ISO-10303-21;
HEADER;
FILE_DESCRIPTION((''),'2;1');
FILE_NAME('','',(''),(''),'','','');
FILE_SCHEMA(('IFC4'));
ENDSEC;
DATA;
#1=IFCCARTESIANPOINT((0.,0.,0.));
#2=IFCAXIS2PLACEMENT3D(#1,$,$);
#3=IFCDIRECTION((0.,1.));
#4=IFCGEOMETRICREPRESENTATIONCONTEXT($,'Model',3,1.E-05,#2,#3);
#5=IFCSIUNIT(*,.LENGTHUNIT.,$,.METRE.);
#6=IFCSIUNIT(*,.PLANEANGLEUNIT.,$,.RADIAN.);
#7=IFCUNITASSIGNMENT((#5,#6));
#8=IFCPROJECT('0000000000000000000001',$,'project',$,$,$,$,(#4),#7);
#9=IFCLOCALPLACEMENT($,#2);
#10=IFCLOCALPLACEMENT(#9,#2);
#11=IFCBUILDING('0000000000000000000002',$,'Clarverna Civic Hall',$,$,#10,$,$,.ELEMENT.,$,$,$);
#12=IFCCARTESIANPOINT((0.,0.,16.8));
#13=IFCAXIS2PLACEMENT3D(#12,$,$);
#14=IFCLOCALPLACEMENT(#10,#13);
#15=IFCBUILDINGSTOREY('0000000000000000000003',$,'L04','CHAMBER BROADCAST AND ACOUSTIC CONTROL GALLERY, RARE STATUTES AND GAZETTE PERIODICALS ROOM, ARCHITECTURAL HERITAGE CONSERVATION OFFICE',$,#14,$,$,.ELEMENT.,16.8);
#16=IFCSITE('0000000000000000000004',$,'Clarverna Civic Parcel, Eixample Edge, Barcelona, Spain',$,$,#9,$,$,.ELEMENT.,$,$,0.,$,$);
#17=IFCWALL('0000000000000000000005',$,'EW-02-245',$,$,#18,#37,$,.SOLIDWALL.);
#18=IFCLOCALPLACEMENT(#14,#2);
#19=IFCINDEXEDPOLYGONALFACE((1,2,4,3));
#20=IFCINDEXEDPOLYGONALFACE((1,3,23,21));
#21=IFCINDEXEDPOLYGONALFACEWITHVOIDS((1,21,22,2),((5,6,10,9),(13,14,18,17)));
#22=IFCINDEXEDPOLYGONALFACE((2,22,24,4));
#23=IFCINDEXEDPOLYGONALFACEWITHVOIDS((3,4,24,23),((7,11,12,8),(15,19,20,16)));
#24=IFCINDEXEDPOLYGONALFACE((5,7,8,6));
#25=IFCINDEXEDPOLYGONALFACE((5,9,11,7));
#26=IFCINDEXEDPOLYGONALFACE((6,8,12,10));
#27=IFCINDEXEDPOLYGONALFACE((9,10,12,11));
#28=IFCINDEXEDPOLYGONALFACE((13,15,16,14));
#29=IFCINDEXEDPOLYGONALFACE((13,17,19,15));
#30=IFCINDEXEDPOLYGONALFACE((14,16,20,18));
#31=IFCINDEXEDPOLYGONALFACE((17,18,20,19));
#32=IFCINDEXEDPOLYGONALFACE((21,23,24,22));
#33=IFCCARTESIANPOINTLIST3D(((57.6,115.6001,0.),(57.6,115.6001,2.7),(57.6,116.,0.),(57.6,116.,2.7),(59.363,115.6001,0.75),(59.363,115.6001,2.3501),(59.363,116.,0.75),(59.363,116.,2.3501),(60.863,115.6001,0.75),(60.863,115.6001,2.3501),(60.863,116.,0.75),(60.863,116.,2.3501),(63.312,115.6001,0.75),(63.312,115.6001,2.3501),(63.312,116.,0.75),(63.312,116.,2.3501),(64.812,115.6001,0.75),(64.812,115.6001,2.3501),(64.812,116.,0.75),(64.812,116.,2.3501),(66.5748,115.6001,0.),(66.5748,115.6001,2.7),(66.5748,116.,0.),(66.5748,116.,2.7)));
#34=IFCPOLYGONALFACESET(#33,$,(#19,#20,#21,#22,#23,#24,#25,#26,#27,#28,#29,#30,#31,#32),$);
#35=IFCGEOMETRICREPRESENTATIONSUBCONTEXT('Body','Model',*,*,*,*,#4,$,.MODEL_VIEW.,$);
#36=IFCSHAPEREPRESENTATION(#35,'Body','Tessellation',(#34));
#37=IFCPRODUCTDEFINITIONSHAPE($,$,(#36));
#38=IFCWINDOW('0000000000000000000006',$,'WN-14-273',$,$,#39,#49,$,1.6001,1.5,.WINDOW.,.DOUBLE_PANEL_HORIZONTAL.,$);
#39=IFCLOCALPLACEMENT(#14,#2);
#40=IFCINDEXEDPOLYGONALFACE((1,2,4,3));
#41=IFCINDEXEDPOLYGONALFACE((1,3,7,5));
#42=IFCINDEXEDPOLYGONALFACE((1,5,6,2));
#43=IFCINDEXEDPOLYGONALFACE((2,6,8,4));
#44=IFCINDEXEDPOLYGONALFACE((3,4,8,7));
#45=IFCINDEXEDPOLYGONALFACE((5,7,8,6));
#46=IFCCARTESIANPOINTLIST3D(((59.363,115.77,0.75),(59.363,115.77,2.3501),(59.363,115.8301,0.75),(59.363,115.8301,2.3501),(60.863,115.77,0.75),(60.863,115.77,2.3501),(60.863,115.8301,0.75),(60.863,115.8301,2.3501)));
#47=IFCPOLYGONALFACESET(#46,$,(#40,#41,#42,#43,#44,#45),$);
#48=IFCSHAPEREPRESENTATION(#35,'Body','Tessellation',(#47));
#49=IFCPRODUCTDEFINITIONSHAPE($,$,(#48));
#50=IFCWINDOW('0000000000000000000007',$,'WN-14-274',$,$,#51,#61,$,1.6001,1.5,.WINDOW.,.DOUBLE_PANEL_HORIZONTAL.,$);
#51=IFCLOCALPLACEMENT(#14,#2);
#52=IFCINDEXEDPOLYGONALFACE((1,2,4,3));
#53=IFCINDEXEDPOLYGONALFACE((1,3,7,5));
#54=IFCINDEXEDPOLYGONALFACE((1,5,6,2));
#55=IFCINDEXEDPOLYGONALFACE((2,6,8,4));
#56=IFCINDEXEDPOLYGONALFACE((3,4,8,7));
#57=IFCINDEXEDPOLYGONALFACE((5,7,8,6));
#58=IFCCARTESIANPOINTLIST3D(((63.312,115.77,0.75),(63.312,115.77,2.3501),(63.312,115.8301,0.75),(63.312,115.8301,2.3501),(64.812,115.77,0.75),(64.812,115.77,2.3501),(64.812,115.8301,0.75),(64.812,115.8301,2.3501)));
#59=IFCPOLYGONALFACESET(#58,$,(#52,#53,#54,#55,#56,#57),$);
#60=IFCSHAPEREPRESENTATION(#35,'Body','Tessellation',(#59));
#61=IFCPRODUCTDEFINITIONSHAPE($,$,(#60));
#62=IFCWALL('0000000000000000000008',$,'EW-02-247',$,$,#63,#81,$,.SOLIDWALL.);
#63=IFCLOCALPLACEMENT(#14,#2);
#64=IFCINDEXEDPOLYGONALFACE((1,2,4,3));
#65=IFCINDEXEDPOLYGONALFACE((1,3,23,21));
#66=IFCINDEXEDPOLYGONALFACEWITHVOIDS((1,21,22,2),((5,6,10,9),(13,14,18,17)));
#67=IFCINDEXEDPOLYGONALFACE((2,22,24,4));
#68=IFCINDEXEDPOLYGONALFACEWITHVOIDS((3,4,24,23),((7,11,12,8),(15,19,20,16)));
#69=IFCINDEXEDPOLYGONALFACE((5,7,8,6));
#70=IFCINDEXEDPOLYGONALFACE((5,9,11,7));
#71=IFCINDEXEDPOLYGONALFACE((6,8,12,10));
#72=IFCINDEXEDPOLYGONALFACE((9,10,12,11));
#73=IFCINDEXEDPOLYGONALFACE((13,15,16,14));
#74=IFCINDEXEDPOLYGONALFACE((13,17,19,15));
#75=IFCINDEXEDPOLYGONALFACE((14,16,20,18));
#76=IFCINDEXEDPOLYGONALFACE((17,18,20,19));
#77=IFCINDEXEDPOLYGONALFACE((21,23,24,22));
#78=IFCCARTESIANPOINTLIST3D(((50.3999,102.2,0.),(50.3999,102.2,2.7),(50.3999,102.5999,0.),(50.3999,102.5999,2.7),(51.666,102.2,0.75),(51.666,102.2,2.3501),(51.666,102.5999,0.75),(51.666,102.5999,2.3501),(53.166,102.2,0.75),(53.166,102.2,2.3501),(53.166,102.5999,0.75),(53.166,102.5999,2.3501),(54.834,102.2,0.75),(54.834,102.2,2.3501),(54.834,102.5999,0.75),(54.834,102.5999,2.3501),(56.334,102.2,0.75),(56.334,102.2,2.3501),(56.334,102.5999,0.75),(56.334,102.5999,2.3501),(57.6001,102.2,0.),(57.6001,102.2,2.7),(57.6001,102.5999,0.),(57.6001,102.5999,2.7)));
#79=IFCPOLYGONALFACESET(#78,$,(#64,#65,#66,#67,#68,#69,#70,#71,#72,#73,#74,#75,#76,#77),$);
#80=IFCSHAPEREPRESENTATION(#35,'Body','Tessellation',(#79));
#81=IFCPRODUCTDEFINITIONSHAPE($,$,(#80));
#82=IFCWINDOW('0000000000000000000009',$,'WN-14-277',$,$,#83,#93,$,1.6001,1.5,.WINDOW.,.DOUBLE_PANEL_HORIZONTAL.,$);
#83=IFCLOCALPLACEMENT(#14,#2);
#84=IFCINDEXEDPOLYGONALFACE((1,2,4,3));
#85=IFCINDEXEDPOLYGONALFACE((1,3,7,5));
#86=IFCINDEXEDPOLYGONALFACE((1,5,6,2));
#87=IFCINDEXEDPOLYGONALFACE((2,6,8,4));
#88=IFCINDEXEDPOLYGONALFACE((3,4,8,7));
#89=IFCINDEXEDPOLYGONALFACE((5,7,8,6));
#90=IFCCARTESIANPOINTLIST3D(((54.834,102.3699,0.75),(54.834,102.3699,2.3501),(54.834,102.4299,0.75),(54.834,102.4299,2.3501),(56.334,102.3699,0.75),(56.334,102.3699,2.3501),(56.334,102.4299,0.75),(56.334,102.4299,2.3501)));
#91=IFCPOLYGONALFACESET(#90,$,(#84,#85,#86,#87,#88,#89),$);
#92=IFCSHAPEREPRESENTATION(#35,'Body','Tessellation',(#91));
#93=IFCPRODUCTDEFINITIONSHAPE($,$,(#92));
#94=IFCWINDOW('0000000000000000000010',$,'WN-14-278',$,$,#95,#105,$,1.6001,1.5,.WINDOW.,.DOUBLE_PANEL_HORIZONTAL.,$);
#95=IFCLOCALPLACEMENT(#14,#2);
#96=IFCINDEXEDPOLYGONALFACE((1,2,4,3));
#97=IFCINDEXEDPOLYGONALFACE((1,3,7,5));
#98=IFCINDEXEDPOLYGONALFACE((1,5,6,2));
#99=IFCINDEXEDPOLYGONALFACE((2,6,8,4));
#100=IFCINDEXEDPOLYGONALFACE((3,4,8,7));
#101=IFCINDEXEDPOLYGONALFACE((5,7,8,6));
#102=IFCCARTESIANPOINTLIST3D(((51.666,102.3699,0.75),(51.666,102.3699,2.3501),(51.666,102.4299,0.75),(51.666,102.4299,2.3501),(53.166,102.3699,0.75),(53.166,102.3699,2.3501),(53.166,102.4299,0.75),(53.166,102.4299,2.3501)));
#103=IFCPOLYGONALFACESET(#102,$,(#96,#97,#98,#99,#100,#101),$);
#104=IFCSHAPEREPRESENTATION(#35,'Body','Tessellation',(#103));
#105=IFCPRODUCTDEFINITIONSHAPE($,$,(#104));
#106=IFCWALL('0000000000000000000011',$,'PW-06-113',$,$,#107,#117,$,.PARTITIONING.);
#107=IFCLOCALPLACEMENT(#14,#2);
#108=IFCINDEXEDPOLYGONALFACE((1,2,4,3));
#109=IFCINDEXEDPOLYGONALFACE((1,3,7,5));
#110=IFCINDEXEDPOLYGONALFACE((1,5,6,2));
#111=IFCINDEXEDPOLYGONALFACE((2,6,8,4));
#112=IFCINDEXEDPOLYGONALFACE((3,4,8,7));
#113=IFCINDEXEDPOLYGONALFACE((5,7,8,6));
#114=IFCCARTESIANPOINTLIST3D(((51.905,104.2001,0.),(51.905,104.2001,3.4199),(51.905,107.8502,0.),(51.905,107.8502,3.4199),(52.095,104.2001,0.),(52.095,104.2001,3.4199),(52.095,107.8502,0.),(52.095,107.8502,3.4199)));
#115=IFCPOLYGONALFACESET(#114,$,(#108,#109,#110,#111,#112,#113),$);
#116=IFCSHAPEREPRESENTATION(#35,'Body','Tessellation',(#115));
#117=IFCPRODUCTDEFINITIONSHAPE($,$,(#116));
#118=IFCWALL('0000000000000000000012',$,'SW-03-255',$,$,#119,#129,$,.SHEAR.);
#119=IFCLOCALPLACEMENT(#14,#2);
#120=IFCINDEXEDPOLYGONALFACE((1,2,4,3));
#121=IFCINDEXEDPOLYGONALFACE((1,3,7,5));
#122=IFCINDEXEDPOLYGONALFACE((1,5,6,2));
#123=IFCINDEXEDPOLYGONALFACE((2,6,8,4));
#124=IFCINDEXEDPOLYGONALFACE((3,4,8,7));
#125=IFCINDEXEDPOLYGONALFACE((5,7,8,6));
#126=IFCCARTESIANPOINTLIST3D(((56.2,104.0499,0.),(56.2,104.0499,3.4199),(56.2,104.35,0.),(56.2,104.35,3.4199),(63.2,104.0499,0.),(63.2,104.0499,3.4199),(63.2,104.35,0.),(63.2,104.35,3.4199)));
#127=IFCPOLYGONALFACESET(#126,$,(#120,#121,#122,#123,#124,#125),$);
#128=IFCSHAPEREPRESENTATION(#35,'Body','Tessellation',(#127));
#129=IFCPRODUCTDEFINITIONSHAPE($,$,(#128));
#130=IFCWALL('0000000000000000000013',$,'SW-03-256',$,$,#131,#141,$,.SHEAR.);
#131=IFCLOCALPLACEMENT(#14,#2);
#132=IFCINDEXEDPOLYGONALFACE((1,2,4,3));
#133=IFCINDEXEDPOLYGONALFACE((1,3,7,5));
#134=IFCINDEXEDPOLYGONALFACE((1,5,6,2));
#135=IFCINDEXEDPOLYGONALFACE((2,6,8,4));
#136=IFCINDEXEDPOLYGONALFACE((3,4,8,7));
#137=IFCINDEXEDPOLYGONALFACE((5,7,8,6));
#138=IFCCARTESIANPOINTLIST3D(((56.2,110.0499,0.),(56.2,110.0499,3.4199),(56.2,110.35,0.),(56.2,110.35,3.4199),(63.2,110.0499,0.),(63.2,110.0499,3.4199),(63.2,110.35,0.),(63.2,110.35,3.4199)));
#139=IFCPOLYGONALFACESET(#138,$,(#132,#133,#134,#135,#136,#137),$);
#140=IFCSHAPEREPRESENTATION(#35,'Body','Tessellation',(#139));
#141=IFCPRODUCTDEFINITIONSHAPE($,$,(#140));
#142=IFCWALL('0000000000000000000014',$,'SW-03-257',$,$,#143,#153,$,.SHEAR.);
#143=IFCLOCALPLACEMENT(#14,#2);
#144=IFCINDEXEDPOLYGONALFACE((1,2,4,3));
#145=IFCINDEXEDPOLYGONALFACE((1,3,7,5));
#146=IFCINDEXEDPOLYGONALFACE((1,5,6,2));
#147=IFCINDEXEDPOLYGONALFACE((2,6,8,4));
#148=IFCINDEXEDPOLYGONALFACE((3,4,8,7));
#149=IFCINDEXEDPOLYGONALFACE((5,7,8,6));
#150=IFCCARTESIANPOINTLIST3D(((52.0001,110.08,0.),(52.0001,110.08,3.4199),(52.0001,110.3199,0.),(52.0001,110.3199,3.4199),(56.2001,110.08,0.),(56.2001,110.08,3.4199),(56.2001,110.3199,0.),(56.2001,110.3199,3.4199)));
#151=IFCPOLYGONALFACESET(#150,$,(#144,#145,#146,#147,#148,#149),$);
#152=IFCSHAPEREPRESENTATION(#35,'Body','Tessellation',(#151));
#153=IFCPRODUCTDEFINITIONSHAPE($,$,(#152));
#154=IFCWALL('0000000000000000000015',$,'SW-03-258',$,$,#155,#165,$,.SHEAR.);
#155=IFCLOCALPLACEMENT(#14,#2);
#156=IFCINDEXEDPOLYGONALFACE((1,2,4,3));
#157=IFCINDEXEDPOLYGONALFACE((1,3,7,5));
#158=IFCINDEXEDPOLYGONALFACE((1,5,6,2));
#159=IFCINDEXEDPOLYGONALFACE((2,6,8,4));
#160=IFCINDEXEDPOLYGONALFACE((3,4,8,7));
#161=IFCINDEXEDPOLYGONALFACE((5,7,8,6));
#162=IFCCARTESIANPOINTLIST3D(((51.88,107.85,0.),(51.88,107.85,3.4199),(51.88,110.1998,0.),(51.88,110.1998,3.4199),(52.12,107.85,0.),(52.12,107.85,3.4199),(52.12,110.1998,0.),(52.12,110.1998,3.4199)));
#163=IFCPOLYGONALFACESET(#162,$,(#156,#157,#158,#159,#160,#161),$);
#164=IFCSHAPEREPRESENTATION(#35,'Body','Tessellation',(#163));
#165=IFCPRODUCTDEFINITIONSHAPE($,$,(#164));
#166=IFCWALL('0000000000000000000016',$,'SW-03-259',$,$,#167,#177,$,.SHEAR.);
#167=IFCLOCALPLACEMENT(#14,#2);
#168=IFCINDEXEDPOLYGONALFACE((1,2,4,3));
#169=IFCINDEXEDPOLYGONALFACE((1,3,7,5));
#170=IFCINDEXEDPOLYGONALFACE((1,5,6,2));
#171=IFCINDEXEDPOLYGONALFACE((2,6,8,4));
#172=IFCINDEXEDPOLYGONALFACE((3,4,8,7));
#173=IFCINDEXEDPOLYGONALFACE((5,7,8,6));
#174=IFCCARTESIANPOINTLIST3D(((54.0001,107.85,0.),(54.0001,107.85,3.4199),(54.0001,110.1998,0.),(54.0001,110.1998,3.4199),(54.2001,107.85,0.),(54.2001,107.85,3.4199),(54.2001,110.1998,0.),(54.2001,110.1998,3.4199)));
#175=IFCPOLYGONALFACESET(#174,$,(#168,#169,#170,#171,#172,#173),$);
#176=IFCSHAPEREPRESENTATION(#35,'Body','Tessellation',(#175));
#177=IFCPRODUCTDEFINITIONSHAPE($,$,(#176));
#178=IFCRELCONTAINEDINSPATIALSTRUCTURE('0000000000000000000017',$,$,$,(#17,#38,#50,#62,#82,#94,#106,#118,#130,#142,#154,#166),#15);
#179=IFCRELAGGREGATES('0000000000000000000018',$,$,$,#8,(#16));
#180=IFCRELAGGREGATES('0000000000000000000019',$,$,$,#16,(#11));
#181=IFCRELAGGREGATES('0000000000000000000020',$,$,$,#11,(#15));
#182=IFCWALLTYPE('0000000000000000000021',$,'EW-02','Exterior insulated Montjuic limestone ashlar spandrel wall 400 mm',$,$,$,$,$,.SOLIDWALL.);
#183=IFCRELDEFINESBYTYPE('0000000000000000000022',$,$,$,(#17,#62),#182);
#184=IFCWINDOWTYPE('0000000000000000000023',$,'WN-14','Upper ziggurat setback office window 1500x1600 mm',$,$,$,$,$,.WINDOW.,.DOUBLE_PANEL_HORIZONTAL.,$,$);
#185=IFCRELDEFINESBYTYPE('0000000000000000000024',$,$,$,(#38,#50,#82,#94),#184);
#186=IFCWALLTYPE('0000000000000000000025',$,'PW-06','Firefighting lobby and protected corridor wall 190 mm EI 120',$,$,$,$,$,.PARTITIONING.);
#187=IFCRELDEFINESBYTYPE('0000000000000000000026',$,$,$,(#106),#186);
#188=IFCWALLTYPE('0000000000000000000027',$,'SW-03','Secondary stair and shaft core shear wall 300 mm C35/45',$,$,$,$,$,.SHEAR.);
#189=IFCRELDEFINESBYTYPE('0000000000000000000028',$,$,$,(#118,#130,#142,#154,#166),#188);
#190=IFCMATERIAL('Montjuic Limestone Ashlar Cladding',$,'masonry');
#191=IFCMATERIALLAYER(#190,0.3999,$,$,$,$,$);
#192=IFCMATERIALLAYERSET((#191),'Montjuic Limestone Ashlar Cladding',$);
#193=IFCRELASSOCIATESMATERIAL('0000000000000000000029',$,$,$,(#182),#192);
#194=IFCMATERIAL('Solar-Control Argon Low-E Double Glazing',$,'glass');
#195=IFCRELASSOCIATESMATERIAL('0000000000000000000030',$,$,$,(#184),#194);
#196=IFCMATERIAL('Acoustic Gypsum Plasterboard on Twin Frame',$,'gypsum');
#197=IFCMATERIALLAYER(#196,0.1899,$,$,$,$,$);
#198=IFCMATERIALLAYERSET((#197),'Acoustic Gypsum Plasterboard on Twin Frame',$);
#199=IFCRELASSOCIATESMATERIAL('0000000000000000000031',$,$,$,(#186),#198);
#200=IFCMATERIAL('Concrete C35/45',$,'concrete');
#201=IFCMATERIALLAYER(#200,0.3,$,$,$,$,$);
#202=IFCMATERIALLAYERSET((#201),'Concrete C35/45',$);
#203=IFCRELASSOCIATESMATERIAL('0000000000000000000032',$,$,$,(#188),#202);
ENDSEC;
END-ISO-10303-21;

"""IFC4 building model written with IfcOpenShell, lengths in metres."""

from ifc_helpers import new_model, si_unit, direction, frame, frame_2d, origin, place, context, subcontext, project, spatial, rectangle, extrude, material, layer, layer_set, type_object, element, fill, save


model = new_model("IFC4")

# Units and contexts
model_context = context("Model", 3, precision=1e-05, world=origin(), true_north=direction((0.0, 1.0)))
body_context = subcontext(model_context, "Body", "Model", "MODEL_VIEW")
ifc_project = project(units=[si_unit("LENGTHUNIT", "METRE"), si_unit("PLANEANGLEUNIT", "RADIAN")], contexts=[model_context])

# Site, building, storey
site_placement = place(None, origin())
site = spatial("IfcSite", under=ifc_project, at=site_placement, Name="Clarverna Civic Parcel, Eixample Edge, Barcelona, Spain", CompositionType="ELEMENT", RefElevation=0.0)
building_placement = place(site_placement, origin())
building = spatial("IfcBuilding", under=site, at=building_placement, Name="Clarverna Civic Hall", CompositionType="ELEMENT")
storey_placement = place(building_placement, frame((0.0, 0.0, 16.8)))
storey = spatial("IfcBuildingStorey", under=building, at=storey_placement, Name="L04", Description="CHAMBER BROADCAST AND ACOUSTIC CONTROL GALLERY, RARE STATUTES AND GAZETTE PERIODICALS ROOM, ARCHITECTURAL HERITAGE CONSERVATION OFFICE", CompositionType="ELEMENT", Elevation=16.8)

# Shared definitions
ifc_material_1 = material(Name="Concrete C35/45", Category="concrete")

# Walls, openings, windows
ifc_material_2 = material(Name="Montjuic Limestone Ashlar Cladding", Category="masonry")
ifc_layer_1 = layer(ifc_material_2, 0.3999)
ifc_layer_set_1 = layer_set([ifc_layer_1], Name="Montjuic Limestone Ashlar Cladding")
wall_type_1 = type_object("IfcWallType", Name="EW-02", Description="Exterior insulated Montjuic limestone ashlar spandrel wall 400 mm", PredefinedType="SOLIDWALL", material=ifc_layer_set_1)
wall_1_placement = place(storey_placement, frame((57.6001, 115.8, 0.0), z_axis=(0.0, 0.0, 1.0), x_axis=(1.0, 0.0, 0.0)))
wall_1 = element("IfcWall", 1, at=wall_1_placement, inside=storey, type_object=wall_type_1, Name="EW-02-245", PredefinedType="SOLIDWALL", context=body_context, shape_type="SweptSolid", body=[
    extrude(rectangle(XDim=8.9749, YDim=0.3999, at=frame_2d((4.4873, 0.0))), origin(), (0.0, 0.0, 1.0), 2.7),
])
opening_1_placement = place(wall_1_placement, frame((1.7629, 0.0, 0.75)))
opening_1 = element("IfcOpeningElement", 2, at=opening_1_placement, cuts=wall_1, PredefinedType="OPENING", context=body_context, shape_type="SweptSolid", body=[
    extrude(rectangle(XDim=1.5, YDim=1.6001, at=frame_2d((0.75, 0.8))), frame((0.0, 0.21, 0.0), z_axis=(0.0, -1.0, 0.0), x_axis=(1.0, 0.0, 0.0)), (0.0, 0.0, 1.0), 0.4199),
])
opening_2_placement = place(wall_1_placement, frame((5.7119, 0.0, 0.75)))
opening_2 = element("IfcOpeningElement", 3, at=opening_2_placement, cuts=wall_1, PredefinedType="OPENING", context=body_context, shape_type="SweptSolid", body=[
    extrude(rectangle(XDim=1.5, YDim=1.6001, at=frame_2d((0.75, 0.8))), frame((0.0, 0.21, 0.0), z_axis=(0.0, -1.0, 0.0), x_axis=(1.0, 0.0, 0.0)), (0.0, 0.0, 1.0), 0.4199),
])
ifc_material_3 = material(Name="Solar-Control Argon Low-E Double Glazing", Category="glass")
window_type = type_object("IfcWindowType", Name="WN-14", Description="Upper ziggurat setback office window 1500x1600 mm", PartitioningType="DOUBLE_PANEL_HORIZONTAL", PredefinedType="WINDOW", material=ifc_material_3)
window_1_placement = place(opening_1_placement, origin())
window_1 = element("IfcWindow", 4, at=window_1_placement, inside=storey, type_object=window_type, Name="WN-14-273", OverallHeight=1.6001, OverallWidth=1.5, PartitioningType="DOUBLE_PANEL_HORIZONTAL", PredefinedType="WINDOW", context=body_context, shape_type="SweptSolid", body=[
    extrude(rectangle(XDim=1.5, YDim=1.6001, at=frame_2d((0.75, 0.8))), frame((0.0, 0.03, 0.0), z_axis=(0.0, -1.0, 0.0), x_axis=(1.0, 0.0, 0.0)), (0.0, 0.0, 1.0), 0.0601),
])
fill(opening_1, window_1)
window_2_placement = place(opening_2_placement, origin())
window_2 = element("IfcWindow", 5, at=window_2_placement, inside=storey, type_object=window_type, Name="WN-14-274", OverallHeight=1.6001, OverallWidth=1.5, PartitioningType="DOUBLE_PANEL_HORIZONTAL", PredefinedType="WINDOW", context=body_context, shape_type="SweptSolid", body=[
    extrude(rectangle(XDim=1.5, YDim=1.6001, at=frame_2d((0.75, 0.8))), frame((0.0, 0.03, 0.0), z_axis=(0.0, -1.0, 0.0), x_axis=(1.0, 0.0, 0.0)), (0.0, 0.0, 1.0), 0.0601),
])
fill(opening_2, window_2)
wall_2_placement = place(storey_placement, frame((57.6001, 102.3999, 0.0), z_axis=(0.0, 0.0, 1.0), x_axis=(-1.0, 0.0, 0.0)))
wall_2 = element("IfcWall", 6, at=wall_2_placement, inside=storey, type_object=wall_type_1, Name="EW-02-247", PredefinedType="SOLIDWALL", context=body_context, shape_type="SweptSolid", body=[
    extrude(rectangle(XDim=7.2002, YDim=0.3999, at=frame_2d((3.6001, 0.0))), origin(), (0.0, 0.0, 1.0), 2.7),
])
opening_3_placement = place(wall_2_placement, frame((1.2661, 0.0, 0.75)))
opening_3 = element("IfcOpeningElement", 7, at=opening_3_placement, cuts=wall_2, PredefinedType="OPENING", context=body_context, shape_type="SweptSolid", body=[
    extrude(rectangle(XDim=1.5, YDim=1.6001, at=frame_2d((0.75, 0.8))), frame((0.0, 0.21, 0.0), z_axis=(0.0, -1.0, 0.0), x_axis=(1.0, 0.0, 0.0)), (0.0, 0.0, 1.0), 0.4199),
])
opening_4_placement = place(wall_2_placement, frame((4.4341, 0.0, 0.75)))
opening_4 = element("IfcOpeningElement", 8, at=opening_4_placement, cuts=wall_2, PredefinedType="OPENING", context=body_context, shape_type="SweptSolid", body=[
    extrude(rectangle(XDim=1.5, YDim=1.6001, at=frame_2d((0.75, 0.8))), frame((0.0, 0.21, 0.0), z_axis=(0.0, -1.0, 0.0), x_axis=(1.0, 0.0, 0.0)), (0.0, 0.0, 1.0), 0.4199),
])
window_3_placement = place(opening_3_placement, origin())
window_3 = element("IfcWindow", 9, at=window_3_placement, inside=storey, type_object=window_type, Name="WN-14-277", OverallHeight=1.6001, OverallWidth=1.5, PartitioningType="DOUBLE_PANEL_HORIZONTAL", PredefinedType="WINDOW", context=body_context, shape_type="SweptSolid", body=[
    extrude(rectangle(XDim=1.5, YDim=1.6001, at=frame_2d((0.75, 0.8))), frame((0.0, 0.03, 0.0), z_axis=(0.0, -1.0, 0.0), x_axis=(1.0, 0.0, 0.0)), (0.0, 0.0, 1.0), 0.0601),
])
fill(opening_3, window_3)
window_4_placement = place(opening_4_placement, origin())
window_4 = element("IfcWindow", 10, at=window_4_placement, inside=storey, type_object=window_type, Name="WN-14-278", OverallHeight=1.6001, OverallWidth=1.5, PartitioningType="DOUBLE_PANEL_HORIZONTAL", PredefinedType="WINDOW", context=body_context, shape_type="SweptSolid", body=[
    extrude(rectangle(XDim=1.5, YDim=1.6001, at=frame_2d((0.75, 0.8))), frame((0.0, 0.03, 0.0), z_axis=(0.0, -1.0, 0.0), x_axis=(1.0, 0.0, 0.0)), (0.0, 0.0, 1.0), 0.0601),
])
fill(opening_4, window_4)

# Wall
ifc_material_4 = material(Name="Acoustic Gypsum Plasterboard on Twin Frame", Category="gypsum")
ifc_layer_2 = layer(ifc_material_4, 0.1899)
ifc_layer_set_2 = layer_set([ifc_layer_2], Name="Acoustic Gypsum Plasterboard on Twin Frame")
wall_type_2 = type_object("IfcWallType", Name="PW-06", Description="Firefighting lobby and protected corridor wall 190 mm EI 120", PredefinedType="PARTITIONING", material=ifc_layer_set_2)
wall_3_placement = place(storey_placement, frame((52.0, 104.2, 0.0), z_axis=(0.0, 0.0, 1.0), x_axis=(0.0, 1.0, 0.0)))
element("IfcWall", 11, at=wall_3_placement, inside=storey, type_object=wall_type_2, Name="PW-06-113", PredefinedType="PARTITIONING", context=body_context, shape_type="SweptSolid", body=[
    extrude(rectangle(XDim=3.6501, YDim=0.1899, at=frame_2d((1.8252, 0.0))), origin(), (0.0, 0.0, 1.0), 3.4199),
])

# Shared definitions
ifc_layer_3 = layer(ifc_material_1, 0.3)
ifc_layer_set_3 = layer_set([ifc_layer_3], Name="Concrete C35/45")
wall_type_3 = type_object("IfcWallType", Name="SW-03", Description="Secondary stair and shaft core shear wall 300 mm C35/45", PredefinedType="SHEAR", material=ifc_layer_set_3)

# Walls
for number, where, z_axis, x_axis, name in (
    (12, (56.2, 104.2, 0.0), (0.0, 0.0, 1.0), (1.0, 0.0, 0.0), "SW-03-255"),
    (13, (56.2, 110.2, 0.0), (0.0, 0.0, 1.0), (1.0, 0.0, 0.0), "SW-03-256"),
):
    element("IfcWall", number, at=place(storey_placement, frame(where, z_axis=z_axis, x_axis=x_axis)), inside=storey, type_object=wall_type_3, Name=name, PredefinedType="SHEAR", context=body_context, shape_type="SweptSolid", body=[
        extrude(rectangle(XDim=7.0, YDim=0.3, at=frame_2d((3.5, 0.0))), origin(), (0.0, 0.0, 1.0), 3.4199),
    ])
wall_4_placement = place(storey_placement, frame((52.0, 110.2, 0.0), z_axis=(0.0, 0.0, 1.0), x_axis=(1.0, 0.0, 0.0)))
element("IfcWall", 14, at=wall_4_placement, inside=storey, type_object=wall_type_3, Name="SW-03-257", PredefinedType="SHEAR", context=body_context, shape_type="SweptSolid", body=[
    extrude(rectangle(XDim=4.2, YDim=0.24, at=frame_2d((2.1001, 0.0))), origin(), (0.0, 0.0, 1.0), 3.4199),
])
wall_5_placement = place(storey_placement, frame((52.0, 107.8501, 0.0), z_axis=(0.0, 0.0, 1.0), x_axis=(0.0, 1.0, 0.0)))
element("IfcWall", 15, at=wall_5_placement, inside=storey, type_object=wall_type_3, Name="SW-03-258", PredefinedType="SHEAR", context=body_context, shape_type="SweptSolid", body=[
    extrude(rectangle(XDim=2.3499, YDim=0.24, at=frame_2d((1.1748, 0.0))), origin(), (0.0, 0.0, 1.0), 3.4199),
])
wall_6_placement = place(storey_placement, frame((54.1001, 107.8501, 0.0), z_axis=(0.0, 0.0, 1.0), x_axis=(0.0, 1.0, 0.0)))
element("IfcWall", 16, at=wall_6_placement, inside=storey, type_object=wall_type_3, Name="SW-03-259", PredefinedType="SHEAR", context=body_context, shape_type="SweptSolid", body=[
    extrude(rectangle(XDim=2.3499, YDim=0.2, at=frame_2d((1.1748, 0.0))), origin(), (0.0, 0.0, 1.0), 3.4199),
])

save(model, "model.ifc")
